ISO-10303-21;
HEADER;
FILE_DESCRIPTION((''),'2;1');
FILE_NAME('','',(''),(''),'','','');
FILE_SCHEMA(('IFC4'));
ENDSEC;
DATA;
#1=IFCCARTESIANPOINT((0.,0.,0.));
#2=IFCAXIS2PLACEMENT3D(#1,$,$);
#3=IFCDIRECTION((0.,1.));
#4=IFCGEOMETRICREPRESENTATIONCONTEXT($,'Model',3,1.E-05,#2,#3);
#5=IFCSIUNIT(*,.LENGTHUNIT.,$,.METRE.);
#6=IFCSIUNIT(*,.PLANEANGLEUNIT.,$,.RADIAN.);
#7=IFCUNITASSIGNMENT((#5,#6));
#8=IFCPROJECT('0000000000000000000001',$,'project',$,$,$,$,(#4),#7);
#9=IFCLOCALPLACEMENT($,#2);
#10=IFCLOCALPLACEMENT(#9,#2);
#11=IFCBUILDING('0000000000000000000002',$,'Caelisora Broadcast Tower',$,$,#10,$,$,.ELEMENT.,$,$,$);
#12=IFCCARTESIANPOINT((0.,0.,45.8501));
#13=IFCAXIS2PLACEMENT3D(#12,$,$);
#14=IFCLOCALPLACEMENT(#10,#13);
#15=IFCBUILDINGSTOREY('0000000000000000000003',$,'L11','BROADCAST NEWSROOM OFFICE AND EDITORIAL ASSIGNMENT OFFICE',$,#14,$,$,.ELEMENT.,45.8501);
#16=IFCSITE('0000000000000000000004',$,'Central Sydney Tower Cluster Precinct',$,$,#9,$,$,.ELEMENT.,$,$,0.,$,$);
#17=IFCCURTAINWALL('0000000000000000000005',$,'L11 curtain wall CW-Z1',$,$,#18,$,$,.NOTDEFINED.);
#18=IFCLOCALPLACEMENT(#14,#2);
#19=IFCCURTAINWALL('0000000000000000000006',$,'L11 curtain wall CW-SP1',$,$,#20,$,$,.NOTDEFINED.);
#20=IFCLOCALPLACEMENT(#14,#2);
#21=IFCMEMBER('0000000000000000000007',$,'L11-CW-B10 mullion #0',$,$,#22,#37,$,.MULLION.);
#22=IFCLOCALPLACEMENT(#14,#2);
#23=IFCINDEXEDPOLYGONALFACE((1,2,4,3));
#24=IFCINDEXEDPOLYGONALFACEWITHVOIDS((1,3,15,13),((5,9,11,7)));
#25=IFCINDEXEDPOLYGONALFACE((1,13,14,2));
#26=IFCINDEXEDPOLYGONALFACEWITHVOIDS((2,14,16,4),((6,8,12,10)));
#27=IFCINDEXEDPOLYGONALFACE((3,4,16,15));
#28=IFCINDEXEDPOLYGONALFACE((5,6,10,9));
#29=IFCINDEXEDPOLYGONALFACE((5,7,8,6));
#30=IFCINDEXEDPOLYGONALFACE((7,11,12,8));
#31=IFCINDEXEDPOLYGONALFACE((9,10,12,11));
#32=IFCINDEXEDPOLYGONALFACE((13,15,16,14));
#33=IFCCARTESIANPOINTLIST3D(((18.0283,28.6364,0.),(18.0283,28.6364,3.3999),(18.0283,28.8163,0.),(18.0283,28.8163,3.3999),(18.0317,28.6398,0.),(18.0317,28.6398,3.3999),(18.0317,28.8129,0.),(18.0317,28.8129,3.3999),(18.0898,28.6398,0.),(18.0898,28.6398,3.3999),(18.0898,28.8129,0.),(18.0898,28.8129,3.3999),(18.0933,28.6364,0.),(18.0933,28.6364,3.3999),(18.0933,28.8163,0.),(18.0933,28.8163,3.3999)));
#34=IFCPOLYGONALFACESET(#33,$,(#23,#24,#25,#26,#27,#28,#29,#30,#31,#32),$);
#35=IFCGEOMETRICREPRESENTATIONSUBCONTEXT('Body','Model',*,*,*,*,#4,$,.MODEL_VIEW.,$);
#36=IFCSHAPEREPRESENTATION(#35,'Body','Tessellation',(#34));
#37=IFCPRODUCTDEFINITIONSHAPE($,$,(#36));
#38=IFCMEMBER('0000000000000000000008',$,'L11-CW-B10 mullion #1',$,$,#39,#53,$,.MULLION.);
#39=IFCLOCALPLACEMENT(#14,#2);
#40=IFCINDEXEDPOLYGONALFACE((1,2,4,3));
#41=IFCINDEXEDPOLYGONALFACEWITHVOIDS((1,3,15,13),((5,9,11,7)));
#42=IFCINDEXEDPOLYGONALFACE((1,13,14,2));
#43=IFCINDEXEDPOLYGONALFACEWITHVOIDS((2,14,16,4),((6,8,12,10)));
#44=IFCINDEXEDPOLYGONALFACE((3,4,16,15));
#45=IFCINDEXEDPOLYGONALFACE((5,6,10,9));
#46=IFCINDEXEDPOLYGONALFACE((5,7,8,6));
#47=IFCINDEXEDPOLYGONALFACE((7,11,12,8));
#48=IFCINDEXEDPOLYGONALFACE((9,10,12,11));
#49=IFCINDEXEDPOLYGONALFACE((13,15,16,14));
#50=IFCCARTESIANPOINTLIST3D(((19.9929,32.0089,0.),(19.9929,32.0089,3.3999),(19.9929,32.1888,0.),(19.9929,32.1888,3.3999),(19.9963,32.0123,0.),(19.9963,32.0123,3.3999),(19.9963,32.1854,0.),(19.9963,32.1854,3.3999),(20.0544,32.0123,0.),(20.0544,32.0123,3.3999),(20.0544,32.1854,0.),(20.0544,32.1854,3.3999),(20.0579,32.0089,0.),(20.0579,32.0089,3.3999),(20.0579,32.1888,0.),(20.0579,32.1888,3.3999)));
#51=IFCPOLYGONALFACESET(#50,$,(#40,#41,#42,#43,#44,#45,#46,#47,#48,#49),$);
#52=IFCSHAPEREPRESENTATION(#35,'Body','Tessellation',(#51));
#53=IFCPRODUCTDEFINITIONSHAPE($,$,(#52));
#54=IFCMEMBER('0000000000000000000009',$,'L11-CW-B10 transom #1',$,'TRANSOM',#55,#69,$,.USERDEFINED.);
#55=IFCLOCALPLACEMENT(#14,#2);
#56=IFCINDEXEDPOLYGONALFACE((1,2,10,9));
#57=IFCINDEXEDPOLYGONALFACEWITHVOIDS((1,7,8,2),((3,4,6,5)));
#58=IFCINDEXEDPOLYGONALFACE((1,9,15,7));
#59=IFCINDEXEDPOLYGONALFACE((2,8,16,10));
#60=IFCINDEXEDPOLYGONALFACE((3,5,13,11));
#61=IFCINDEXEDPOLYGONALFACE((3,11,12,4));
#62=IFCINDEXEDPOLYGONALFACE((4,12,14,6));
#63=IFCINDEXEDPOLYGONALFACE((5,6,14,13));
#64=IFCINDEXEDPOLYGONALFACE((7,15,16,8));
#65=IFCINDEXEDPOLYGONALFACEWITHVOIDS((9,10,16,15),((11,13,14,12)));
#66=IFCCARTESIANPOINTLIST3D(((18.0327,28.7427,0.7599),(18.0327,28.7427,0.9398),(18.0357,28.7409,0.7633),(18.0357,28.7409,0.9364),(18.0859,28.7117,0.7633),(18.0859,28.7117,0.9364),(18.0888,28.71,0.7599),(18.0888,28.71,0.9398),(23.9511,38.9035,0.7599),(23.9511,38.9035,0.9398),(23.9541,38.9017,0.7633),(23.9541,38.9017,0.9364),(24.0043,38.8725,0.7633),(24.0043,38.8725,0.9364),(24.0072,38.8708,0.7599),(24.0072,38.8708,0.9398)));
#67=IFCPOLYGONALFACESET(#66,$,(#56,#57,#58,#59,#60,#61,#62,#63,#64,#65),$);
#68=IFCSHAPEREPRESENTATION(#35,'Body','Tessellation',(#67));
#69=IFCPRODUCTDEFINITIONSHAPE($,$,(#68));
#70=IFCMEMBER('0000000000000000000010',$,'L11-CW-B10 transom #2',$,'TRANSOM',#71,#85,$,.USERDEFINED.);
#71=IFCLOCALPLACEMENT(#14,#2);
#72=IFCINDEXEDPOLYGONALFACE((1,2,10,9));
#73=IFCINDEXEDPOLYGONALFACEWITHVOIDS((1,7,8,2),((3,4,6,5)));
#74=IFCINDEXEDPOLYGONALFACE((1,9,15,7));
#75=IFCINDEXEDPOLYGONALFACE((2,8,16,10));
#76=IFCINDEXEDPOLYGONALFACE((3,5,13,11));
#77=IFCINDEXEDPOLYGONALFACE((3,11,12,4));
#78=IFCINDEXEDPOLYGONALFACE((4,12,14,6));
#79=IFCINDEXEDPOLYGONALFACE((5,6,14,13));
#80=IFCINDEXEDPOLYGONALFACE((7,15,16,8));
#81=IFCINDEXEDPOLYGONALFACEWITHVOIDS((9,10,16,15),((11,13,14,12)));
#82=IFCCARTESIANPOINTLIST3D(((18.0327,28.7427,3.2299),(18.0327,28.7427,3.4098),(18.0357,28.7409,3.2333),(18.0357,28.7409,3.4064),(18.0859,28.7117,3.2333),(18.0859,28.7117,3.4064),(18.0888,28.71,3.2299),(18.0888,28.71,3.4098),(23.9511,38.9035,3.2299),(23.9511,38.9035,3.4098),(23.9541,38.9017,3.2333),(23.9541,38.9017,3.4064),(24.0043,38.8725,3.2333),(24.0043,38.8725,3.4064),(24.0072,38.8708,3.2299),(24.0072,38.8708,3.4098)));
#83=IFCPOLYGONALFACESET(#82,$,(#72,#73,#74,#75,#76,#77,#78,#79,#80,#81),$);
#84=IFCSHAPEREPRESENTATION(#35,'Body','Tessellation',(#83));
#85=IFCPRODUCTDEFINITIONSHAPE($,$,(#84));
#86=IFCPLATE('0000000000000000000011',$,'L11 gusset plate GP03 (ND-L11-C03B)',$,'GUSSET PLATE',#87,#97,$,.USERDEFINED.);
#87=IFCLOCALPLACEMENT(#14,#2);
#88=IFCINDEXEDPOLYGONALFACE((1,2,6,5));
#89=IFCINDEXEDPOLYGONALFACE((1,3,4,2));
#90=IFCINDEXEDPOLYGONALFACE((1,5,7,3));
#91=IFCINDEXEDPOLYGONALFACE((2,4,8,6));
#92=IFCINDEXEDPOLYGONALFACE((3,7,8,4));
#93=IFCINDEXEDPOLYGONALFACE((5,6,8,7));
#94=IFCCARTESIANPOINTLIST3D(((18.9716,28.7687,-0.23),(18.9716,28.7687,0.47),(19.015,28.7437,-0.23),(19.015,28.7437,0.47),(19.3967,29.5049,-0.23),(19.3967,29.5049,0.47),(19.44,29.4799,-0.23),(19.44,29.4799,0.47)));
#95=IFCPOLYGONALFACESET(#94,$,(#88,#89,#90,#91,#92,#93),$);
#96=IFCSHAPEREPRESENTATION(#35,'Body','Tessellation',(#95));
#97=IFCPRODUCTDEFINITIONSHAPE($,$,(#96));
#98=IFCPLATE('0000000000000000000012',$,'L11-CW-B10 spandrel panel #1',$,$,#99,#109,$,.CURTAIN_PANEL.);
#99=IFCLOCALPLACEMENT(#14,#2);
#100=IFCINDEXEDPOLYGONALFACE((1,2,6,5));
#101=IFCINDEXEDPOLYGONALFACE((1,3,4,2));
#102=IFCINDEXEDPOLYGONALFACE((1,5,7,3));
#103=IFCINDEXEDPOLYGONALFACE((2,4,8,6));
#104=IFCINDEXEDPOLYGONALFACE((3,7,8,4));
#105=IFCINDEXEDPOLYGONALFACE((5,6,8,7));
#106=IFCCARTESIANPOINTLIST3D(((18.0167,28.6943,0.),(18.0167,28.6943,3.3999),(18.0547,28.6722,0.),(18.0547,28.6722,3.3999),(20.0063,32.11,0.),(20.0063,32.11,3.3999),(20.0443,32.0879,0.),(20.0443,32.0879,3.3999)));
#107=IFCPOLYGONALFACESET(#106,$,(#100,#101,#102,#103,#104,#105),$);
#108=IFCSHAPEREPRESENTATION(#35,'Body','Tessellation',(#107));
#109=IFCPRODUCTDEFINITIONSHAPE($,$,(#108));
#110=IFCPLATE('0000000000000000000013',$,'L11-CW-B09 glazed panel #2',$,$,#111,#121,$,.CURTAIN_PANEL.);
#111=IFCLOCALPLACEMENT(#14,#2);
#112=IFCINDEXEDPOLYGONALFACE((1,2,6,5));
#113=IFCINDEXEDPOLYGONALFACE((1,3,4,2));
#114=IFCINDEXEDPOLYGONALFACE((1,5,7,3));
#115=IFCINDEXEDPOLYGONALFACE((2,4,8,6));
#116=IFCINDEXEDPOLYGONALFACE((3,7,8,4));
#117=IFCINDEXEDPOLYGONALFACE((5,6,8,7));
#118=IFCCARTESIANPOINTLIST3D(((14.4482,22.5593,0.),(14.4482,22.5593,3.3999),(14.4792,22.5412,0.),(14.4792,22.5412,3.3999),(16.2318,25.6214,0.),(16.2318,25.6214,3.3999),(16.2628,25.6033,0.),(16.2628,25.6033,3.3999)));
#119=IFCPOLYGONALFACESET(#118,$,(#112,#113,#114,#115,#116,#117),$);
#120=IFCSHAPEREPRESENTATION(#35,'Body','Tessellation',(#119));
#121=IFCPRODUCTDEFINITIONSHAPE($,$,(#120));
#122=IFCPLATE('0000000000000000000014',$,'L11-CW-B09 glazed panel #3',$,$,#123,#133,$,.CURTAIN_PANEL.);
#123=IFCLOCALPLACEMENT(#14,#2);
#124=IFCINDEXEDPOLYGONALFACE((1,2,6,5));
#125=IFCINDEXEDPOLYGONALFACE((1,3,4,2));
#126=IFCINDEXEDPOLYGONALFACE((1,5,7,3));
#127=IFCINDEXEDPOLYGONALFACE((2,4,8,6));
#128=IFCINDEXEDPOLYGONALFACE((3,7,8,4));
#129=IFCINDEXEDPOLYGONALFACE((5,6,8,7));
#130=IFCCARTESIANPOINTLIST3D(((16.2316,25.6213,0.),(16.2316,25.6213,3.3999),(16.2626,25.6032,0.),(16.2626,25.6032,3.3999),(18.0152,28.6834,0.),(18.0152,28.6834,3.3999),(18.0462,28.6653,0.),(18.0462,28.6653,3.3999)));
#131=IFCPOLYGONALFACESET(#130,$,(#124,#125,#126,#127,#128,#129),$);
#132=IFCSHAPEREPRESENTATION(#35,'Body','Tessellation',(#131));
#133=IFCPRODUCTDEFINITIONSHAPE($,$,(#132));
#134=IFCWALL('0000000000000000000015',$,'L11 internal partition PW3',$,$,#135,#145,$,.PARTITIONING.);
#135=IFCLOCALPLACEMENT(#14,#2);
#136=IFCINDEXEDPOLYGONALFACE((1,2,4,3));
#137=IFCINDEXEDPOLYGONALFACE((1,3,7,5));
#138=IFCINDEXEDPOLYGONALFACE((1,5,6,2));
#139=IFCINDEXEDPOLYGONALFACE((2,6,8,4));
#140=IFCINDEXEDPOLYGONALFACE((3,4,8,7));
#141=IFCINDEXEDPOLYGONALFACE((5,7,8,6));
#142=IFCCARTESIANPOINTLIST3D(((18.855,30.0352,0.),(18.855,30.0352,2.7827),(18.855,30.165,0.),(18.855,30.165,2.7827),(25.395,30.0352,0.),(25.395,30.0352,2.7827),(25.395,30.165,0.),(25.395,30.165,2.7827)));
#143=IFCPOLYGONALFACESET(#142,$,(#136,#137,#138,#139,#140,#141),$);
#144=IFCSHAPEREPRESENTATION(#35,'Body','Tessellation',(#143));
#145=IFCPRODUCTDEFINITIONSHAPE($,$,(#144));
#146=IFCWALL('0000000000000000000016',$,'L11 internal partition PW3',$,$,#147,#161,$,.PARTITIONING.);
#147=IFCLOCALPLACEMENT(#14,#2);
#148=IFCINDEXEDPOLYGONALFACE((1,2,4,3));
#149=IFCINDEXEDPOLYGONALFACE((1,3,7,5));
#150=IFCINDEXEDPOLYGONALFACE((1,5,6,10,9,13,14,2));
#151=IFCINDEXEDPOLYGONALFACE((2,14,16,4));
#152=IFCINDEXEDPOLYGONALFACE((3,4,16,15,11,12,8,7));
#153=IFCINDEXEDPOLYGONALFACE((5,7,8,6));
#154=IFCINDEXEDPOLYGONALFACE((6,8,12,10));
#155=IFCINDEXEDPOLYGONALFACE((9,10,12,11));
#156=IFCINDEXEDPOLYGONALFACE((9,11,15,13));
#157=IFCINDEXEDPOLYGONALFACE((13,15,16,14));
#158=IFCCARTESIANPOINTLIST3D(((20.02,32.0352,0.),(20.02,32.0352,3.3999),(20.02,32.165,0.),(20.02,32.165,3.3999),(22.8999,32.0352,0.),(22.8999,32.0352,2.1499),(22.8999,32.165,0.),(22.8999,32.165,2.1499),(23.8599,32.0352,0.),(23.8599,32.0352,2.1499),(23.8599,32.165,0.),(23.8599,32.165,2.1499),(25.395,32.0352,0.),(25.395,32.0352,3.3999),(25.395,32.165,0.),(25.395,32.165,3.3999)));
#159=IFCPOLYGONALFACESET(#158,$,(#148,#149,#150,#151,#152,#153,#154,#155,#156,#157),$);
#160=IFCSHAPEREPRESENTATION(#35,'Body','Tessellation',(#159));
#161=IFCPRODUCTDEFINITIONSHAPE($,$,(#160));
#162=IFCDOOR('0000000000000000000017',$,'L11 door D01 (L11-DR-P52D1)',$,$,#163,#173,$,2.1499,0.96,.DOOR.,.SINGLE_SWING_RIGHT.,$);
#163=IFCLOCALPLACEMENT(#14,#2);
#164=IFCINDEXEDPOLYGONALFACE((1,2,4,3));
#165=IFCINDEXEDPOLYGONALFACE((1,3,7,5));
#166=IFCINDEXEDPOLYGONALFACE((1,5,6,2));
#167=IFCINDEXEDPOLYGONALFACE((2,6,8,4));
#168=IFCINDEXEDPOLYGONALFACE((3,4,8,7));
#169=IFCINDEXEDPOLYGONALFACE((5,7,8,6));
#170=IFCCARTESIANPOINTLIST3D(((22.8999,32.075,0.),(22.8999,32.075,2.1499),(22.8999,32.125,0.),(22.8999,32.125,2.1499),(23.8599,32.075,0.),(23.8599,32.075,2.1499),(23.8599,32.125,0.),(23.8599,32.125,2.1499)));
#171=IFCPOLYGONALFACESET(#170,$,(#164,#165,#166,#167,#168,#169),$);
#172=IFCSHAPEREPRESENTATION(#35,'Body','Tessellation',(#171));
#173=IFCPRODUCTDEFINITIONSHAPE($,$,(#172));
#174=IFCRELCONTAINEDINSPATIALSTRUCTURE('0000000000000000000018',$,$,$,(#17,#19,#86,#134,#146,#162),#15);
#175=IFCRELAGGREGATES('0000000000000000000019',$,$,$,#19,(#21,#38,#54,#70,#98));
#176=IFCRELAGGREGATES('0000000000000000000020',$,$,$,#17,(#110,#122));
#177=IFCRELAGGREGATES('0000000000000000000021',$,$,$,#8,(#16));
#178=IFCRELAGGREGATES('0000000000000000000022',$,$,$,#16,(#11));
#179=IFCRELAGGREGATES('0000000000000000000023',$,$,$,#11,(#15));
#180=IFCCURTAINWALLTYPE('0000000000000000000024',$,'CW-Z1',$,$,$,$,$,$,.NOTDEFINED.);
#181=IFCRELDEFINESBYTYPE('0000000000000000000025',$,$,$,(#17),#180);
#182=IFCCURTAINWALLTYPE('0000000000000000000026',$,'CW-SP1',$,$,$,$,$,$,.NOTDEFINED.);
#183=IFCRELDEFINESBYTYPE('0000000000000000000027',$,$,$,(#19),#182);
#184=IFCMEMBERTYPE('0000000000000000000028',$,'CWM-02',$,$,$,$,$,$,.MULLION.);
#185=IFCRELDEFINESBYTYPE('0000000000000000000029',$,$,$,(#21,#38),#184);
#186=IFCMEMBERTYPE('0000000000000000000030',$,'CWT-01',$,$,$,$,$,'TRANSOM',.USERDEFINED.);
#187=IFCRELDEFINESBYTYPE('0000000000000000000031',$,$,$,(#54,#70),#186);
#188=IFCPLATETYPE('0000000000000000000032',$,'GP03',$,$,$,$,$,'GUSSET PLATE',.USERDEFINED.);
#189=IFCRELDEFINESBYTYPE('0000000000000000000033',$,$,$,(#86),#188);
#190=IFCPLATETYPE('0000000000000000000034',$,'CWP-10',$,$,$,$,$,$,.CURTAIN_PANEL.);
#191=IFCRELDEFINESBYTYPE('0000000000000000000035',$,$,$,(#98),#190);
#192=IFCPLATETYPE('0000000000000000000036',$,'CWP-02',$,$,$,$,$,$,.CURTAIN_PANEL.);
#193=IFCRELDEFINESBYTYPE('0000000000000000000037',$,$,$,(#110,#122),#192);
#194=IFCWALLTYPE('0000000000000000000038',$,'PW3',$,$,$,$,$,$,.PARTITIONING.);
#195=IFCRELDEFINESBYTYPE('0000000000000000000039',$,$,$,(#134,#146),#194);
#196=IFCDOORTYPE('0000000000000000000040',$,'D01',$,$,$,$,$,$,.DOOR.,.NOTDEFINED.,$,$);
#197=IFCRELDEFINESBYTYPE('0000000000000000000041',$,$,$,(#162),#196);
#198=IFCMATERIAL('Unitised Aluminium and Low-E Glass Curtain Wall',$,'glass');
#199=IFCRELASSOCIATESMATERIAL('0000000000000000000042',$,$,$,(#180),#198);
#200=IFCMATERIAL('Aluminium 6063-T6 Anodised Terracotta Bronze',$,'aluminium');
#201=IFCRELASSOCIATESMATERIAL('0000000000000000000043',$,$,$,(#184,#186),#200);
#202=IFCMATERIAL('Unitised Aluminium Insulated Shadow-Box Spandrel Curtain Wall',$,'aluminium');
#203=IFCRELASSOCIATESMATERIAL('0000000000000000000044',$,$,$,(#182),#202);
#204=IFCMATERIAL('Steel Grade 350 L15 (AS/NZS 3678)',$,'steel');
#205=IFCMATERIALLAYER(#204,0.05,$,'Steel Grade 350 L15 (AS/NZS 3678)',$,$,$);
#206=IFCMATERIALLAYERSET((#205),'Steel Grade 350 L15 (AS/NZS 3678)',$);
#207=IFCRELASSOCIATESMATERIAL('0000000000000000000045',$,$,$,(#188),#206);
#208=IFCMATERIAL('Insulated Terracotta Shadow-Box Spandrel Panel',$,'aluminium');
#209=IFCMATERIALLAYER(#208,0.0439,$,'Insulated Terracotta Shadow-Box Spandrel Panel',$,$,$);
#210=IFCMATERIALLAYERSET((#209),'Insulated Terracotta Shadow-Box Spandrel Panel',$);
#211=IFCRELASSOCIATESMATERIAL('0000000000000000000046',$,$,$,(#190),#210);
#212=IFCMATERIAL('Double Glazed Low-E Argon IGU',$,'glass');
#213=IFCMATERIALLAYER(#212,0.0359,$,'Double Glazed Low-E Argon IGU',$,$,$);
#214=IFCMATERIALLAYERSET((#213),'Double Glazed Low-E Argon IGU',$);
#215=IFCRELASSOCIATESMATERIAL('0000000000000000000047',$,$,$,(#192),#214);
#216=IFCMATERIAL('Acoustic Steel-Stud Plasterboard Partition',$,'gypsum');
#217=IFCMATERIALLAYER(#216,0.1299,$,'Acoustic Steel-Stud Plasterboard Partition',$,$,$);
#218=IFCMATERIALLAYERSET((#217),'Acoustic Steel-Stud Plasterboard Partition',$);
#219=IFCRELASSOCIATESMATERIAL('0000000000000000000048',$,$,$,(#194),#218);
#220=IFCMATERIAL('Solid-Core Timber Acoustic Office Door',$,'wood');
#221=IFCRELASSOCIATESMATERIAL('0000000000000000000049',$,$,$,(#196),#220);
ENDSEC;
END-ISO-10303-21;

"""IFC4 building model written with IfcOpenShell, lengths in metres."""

from ifc_helpers import new_model, si_unit, direction, frame, frame_2d, origin, origin_2d, place, context, subcontext, project, spatial, rectangle, hollow_rectangle, extrude, source, transform, mapped, material, layer, layer_set, material_profile, profile_set, type_object, type_shapes, element, fill, aggregate, save


model = new_model("IFC4")

# Units and contexts
model_context = context("Model", 3, precision=1e-05, world=origin(), true_north=direction((0.0, 1.0)))
body_context = subcontext(model_context, "Body", "Model", "MODEL_VIEW")
ifc_project = project(units=[si_unit("LENGTHUNIT", "METRE"), si_unit("PLANEANGLEUNIT", "RADIAN")], contexts=[model_context])

# Site, building, storey
site_placement = place(None, origin())
site = spatial("IfcSite", under=ifc_project, at=site_placement, Name="Central Sydney Tower Cluster Precinct", CompositionType="ELEMENT", RefElevation=0.0)
building_placement = place(site_placement, origin())
building = spatial("IfcBuilding", under=site, at=building_placement, Name="Caelisora Broadcast Tower", CompositionType="ELEMENT")
storey_placement = place(building_placement, frame((0.0, 0.0, 45.8501)))
storey = spatial("IfcBuildingStorey", under=building, at=storey_placement, Name="L11", Description="BROADCAST NEWSROOM OFFICE AND EDITORIAL ASSIGNMENT OFFICE", CompositionType="ELEMENT", Elevation=45.8501)

# Shared definitions
ifc_material_1 = material(Name="Steel Grade 350 L15 (AS/NZS 3678)", Category="steel")

# Curtain walls, members
ifc_material_2 = material(Name="Unitised Aluminium and Low-E Glass Curtain Wall", Category="glass")
curtain_wall_type_1 = type_object("IfcCurtainWallType", Name="CW-Z1", PredefinedType="NOTDEFINED", material=ifc_material_2)
curtain_wall_1_placement = place(storey_placement, origin())
curtain_wall_1 = element("IfcCurtainWall", 1, at=curtain_wall_1_placement, inside=storey, type_object=curtain_wall_type_1, Name="L11 curtain wall CW-Z1", PredefinedType="NOTDEFINED")
ifc_material_3 = material(Name="Aluminium 6063-T6 Anodised Terracotta Bronze", Category="aluminium")
ifc_material_profile_1 = material_profile(ifc_material_3, hollow_rectangle(XDim=0.0649, YDim=0.1799, WallThickness=0.0034, at=origin_2d()), Name="Aluminium 6063-T6 Anodised Terracotta Bronze")
ifc_profile_set_1 = profile_set([ifc_material_profile_1], Name="Aluminium 6063-T6 Anodised Terracotta Bronze")
member_type_1 = type_object("IfcMemberType", Name="CWM-02", PredefinedType="MULLION", material=ifc_profile_set_1)
shared_shape_1 = source(origin(), body_context, "Body", "SweptSolid", [
    extrude(hollow_rectangle(XDim=0.0649, YDim=0.1799, WallThickness=0.0034, at=origin_2d()), origin(), (0.0, 0.0, 1.0), 3.3999),
])
type_shapes(member_type_1, [shared_shape_1])
ifc_material_4 = material(Name="Unitised Aluminium Insulated Shadow-Box Spandrel Curtain Wall", Category="aluminium")
curtain_wall_type_2 = type_object("IfcCurtainWallType", Name="CW-SP1", PredefinedType="NOTDEFINED", material=ifc_material_4)
curtain_wall_2_placement = place(storey_placement, origin())
curtain_wall_2 = element("IfcCurtainWall", 2, at=curtain_wall_2_placement, inside=storey, type_object=curtain_wall_type_2, Name="L11 curtain wall CW-SP1", PredefinedType="NOTDEFINED")
member_1_placement = place(storey_placement, frame((18.0608, 28.7263, 0.0), z_axis=(0.0, 0.0, 1.0), x_axis=(1.0, 0.0, 0.0)))
member_1 = element("IfcMember", 3, at=member_1_placement, type_object=member_type_1, Name="L11-CW-B10 mullion #0", PredefinedType="MULLION", context=body_context, shape_type="MappedRepresentation", body=[
    mapped(shared_shape_1, transform((0.0, 0.0, 0.0), scale=1.0)),
])
member_2_placement = place(storey_placement, frame((20.0254, 32.0989, 0.0), z_axis=(0.0, 0.0, 1.0), x_axis=(1.0, 0.0, 0.0)))
member_2 = element("IfcMember", 4, at=member_2_placement, type_object=member_type_1, Name="L11-CW-B10 mullion #1", PredefinedType="MULLION", context=body_context, shape_type="MappedRepresentation", body=[
    mapped(shared_shape_1, transform((0.0, 0.0, 0.0), scale=1.0)),
])
ifc_material_profile_2 = material_profile(ifc_material_3, hollow_rectangle(XDim=0.0649, YDim=0.1799, WallThickness=0.0034, at=origin_2d()), Name="Aluminium 6063-T6 Anodised Terracotta Bronze")
ifc_profile_set_2 = profile_set([ifc_material_profile_2], Name="Aluminium 6063-T6 Anodised Terracotta Bronze")
member_type_2 = type_object("IfcMemberType", Name="CWT-01", ElementType="TRANSOM", PredefinedType="USERDEFINED", material=ifc_profile_set_2)
shared_shape_2 = source(origin(), body_context, "Body", "SweptSolid", [
    extrude(hollow_rectangle(XDim=0.0649, YDim=0.1799, WallThickness=0.0034, at=origin_2d()), origin(), (0.0, 0.0, 1.0), 11.7588),
])
type_shapes(member_type_2, [shared_shape_2])
member_3_placement = place(storey_placement, frame((18.0608, 28.7263, 0.8499), z_axis=(0.503317, 0.864102, 0.0), x_axis=(-0.864102, 0.503317, 0.0)))
member_3 = element("IfcMember", 5, at=member_3_placement, type_object=member_type_2, Name="L11-CW-B10 transom #1", ObjectType="TRANSOM", PredefinedType="USERDEFINED", context=body_context, shape_type="MappedRepresentation", body=[
    mapped(shared_shape_2, transform((0.0, 0.0, 0.0), scale=1.0)),
])
member_4_placement = place(storey_placement, frame((18.0608, 28.7263, 3.3198), z_axis=(0.503317, 0.864102, 0.0), x_axis=(-0.864102, 0.503317, 0.0)))
member_4 = element("IfcMember", 6, at=member_4_placement, type_object=member_type_2, Name="L11-CW-B10 transom #2", ObjectType="TRANSOM", PredefinedType="USERDEFINED", context=body_context, shape_type="MappedRepresentation", body=[
    mapped(shared_shape_2, transform((0.0, 0.0, 0.0), scale=1.0)),
])

# Plates
ifc_layer_1 = layer(ifc_material_1, 0.05, Name="Steel Grade 350 L15 (AS/NZS 3678)")
ifc_layer_set_1 = layer_set([ifc_layer_1], Name="Steel Grade 350 L15 (AS/NZS 3678)")
plate_type_1 = type_object("IfcPlateType", Name="GP03", ElementType="GUSSET PLATE", PredefinedType="USERDEFINED", material=ifc_layer_set_1)
shared_shape_3 = source(origin(), body_context, "Body", "SweptSolid", [
    extrude(rectangle(XDim=0.8501, YDim=0.05, at=origin_2d()), origin(), (0.0, 0.0, 1.0), 0.7),
])
type_shapes(plate_type_1, [shared_shape_3])
plate_1_placement = place(storey_placement, frame((19.2058, 29.1243, -0.23), z_axis=(0.0, 0.0, 1.0), x_axis=(-0.5, -0.866025, 0.0)))
element("IfcPlate", 7, at=plate_1_placement, inside=storey, type_object=plate_type_1, Name="L11 gusset plate GP03 (ND-L11-C03B)", ObjectType="GUSSET PLATE", PredefinedType="USERDEFINED", context=body_context, shape_type="MappedRepresentation", body=[
    mapped(shared_shape_3, transform((0.0, 0.0, 0.0), scale=1.0)),
])
ifc_material_5 = material(Name="Insulated Terracotta Shadow-Box Spandrel Panel", Category="aluminium")
ifc_layer_2 = layer(ifc_material_5, 0.0439, Name="Insulated Terracotta Shadow-Box Spandrel Panel")
ifc_layer_set_2 = layer_set([ifc_layer_2], Name="Insulated Terracotta Shadow-Box Spandrel Panel")
plate_type_2 = type_object("IfcPlateType", Name="CWP-10", PredefinedType="CURTAIN_PANEL", material=ifc_layer_set_2)
shared_shape_4 = source(origin(), body_context, "Body", "SweptSolid", [
    extrude(rectangle(XDim=3.9529, YDim=0.0439, at=origin_2d()), origin(), (0.0, 0.0, 1.0), 3.3999),
])
type_shapes(plate_type_2, [shared_shape_4])
plate_2_placement = place(storey_placement, frame((19.0305, 30.3911, 0.0), z_axis=(0.0, 0.0, 1.0), x_axis=(0.503322, 0.864099, 0.0)))
plate_2 = element("IfcPlate", 8, at=plate_2_placement, type_object=plate_type_2, Name="L11-CW-B10 spandrel panel #1", PredefinedType="CURTAIN_PANEL", context=body_context, shape_type="MappedRepresentation", body=[
    mapped(shared_shape_4, transform((0.0, 0.0, 0.0), scale=1.0)),
])
aggregate(curtain_wall_2, [member_1, member_2, member_3, member_4, plate_2])
ifc_material_6 = material(Name="Double Glazed Low-E Argon IGU", Category="glass")
ifc_layer_3 = layer(ifc_material_6, 0.0359, Name="Double Glazed Low-E Argon IGU")
ifc_layer_set_3 = layer_set([ifc_layer_3], Name="Double Glazed Low-E Argon IGU")
plate_type_3 = type_object("IfcPlateType", Name="CWP-02", PredefinedType="CURTAIN_PANEL", material=ifc_layer_set_3)
shared_shape_5 = source(origin(), body_context, "Body", "SweptSolid", [
    extrude(rectangle(XDim=3.5437, YDim=0.0359, at=origin_2d()), origin(), (0.0, 0.0, 1.0), 3.3999),
])
type_shapes(plate_type_3, [shared_shape_5])
plate_3_placement = place(storey_placement, frame((15.3555, 24.0813, 0.0), z_axis=(0.0, 0.0, 1.0), x_axis=(0.503322, 0.864099, 0.0)))
plate_3 = element("IfcPlate", 9, at=plate_3_placement, type_object=plate_type_3, Name="L11-CW-B09 glazed panel #2", PredefinedType="CURTAIN_PANEL", context=body_context, shape_type="MappedRepresentation", body=[
    mapped(shared_shape_5, transform((0.0, 0.0, 0.0), scale=1.0)),
])
plate_4_placement = place(storey_placement, frame((17.1389, 27.1433, 0.0), z_axis=(0.0, 0.0, 1.0), x_axis=(0.503322, 0.864099, 0.0)))
plate_4 = element("IfcPlate", 10, at=plate_4_placement, type_object=plate_type_3, Name="L11-CW-B09 glazed panel #3", PredefinedType="CURTAIN_PANEL", context=body_context, shape_type="MappedRepresentation", body=[
    mapped(shared_shape_5, transform((0.0, 0.0, 0.0), scale=1.0)),
])
aggregate(curtain_wall_1, [plate_3, plate_4])

# Wall
ifc_material_7 = material(Name="Acoustic Steel-Stud Plasterboard Partition", Category="gypsum")
ifc_layer_4 = layer(ifc_material_7, 0.1299, Name="Acoustic Steel-Stud Plasterboard Partition")
ifc_layer_set_4 = layer_set([ifc_layer_4], Name="Acoustic Steel-Stud Plasterboard Partition")
wall_type = type_object("IfcWallType", Name="PW3", PredefinedType="PARTITIONING", material=ifc_layer_set_4)
wall_1_placement = place(storey_placement, frame((25.395, 30.1001, 0.0), z_axis=(0.0, 0.0, 1.0), x_axis=(-1.0, 0.0, 0.0)))
element("IfcWall", 11, at=wall_1_placement, inside=storey, type_object=wall_type, Name="L11 internal partition PW3", PredefinedType="PARTITIONING", context=body_context, shape_type="SweptSolid", body=[
    extrude(rectangle(XDim=6.54, YDim=0.1299, at=frame_2d((3.27, 0.0))), origin(), (0.0, 0.0, 1.0), 2.7827),
])

# Wall, opening, door
wall_2_placement = place(storey_placement, frame((20.02, 32.1001, 0.0), z_axis=(0.0, 0.0, 1.0), x_axis=(1.0, 0.0, 0.0)))
wall_2 = element("IfcWall", 12, at=wall_2_placement, inside=storey, type_object=wall_type, Name="L11 internal partition PW3", PredefinedType="PARTITIONING", context=body_context, shape_type="SweptSolid", body=[
    extrude(rectangle(XDim=5.375, YDim=0.1299, at=frame_2d((2.6875, 0.0))), origin(), (0.0, 0.0, 1.0), 3.3999),
])
opening_placement = place(wall_2_placement, frame((2.8799, 0.0, 0.0)))
opening = element("IfcOpeningElement", 13, at=opening_placement, cuts=wall_2, PredefinedType="OPENING", context=body_context, shape_type="SweptSolid", body=[
    extrude(rectangle(XDim=0.96, YDim=2.1499, at=frame_2d((0.48, 1.075))), frame((0.0, 0.0769, 0.0), z_axis=(0.0, -1.0, 0.0), x_axis=(1.0, 0.0, 0.0)), (0.0, 0.0, 1.0), 0.1538),
])
ifc_material_8 = material(Name="Solid-Core Timber Acoustic Office Door", Category="wood")
door_type = type_object("IfcDoorType", Name="D01", OperationType="NOTDEFINED", PredefinedType="DOOR", material=ifc_material_8)
door_placement = place(opening_placement, origin())
door = element("IfcDoor", 14, at=door_placement, inside=storey, type_object=door_type, Name="L11 door D01 (L11-DR-P52D1)", OperationType="SINGLE_SWING_RIGHT", OverallHeight=2.1499, OverallWidth=0.96, PredefinedType="DOOR", context=body_context, shape_type="SweptSolid", body=[
    extrude(rectangle(XDim=0.96, YDim=2.1499, at=frame_2d((0.48, 1.075))), frame((0.0, 0.0249, 0.0), z_axis=(0.0, -1.0, 0.0), x_axis=(1.0, 0.0, 0.0)), (0.0, 0.0, 1.0), 0.05),
])
fill(opening, door)

save(model, "model.ifc")
